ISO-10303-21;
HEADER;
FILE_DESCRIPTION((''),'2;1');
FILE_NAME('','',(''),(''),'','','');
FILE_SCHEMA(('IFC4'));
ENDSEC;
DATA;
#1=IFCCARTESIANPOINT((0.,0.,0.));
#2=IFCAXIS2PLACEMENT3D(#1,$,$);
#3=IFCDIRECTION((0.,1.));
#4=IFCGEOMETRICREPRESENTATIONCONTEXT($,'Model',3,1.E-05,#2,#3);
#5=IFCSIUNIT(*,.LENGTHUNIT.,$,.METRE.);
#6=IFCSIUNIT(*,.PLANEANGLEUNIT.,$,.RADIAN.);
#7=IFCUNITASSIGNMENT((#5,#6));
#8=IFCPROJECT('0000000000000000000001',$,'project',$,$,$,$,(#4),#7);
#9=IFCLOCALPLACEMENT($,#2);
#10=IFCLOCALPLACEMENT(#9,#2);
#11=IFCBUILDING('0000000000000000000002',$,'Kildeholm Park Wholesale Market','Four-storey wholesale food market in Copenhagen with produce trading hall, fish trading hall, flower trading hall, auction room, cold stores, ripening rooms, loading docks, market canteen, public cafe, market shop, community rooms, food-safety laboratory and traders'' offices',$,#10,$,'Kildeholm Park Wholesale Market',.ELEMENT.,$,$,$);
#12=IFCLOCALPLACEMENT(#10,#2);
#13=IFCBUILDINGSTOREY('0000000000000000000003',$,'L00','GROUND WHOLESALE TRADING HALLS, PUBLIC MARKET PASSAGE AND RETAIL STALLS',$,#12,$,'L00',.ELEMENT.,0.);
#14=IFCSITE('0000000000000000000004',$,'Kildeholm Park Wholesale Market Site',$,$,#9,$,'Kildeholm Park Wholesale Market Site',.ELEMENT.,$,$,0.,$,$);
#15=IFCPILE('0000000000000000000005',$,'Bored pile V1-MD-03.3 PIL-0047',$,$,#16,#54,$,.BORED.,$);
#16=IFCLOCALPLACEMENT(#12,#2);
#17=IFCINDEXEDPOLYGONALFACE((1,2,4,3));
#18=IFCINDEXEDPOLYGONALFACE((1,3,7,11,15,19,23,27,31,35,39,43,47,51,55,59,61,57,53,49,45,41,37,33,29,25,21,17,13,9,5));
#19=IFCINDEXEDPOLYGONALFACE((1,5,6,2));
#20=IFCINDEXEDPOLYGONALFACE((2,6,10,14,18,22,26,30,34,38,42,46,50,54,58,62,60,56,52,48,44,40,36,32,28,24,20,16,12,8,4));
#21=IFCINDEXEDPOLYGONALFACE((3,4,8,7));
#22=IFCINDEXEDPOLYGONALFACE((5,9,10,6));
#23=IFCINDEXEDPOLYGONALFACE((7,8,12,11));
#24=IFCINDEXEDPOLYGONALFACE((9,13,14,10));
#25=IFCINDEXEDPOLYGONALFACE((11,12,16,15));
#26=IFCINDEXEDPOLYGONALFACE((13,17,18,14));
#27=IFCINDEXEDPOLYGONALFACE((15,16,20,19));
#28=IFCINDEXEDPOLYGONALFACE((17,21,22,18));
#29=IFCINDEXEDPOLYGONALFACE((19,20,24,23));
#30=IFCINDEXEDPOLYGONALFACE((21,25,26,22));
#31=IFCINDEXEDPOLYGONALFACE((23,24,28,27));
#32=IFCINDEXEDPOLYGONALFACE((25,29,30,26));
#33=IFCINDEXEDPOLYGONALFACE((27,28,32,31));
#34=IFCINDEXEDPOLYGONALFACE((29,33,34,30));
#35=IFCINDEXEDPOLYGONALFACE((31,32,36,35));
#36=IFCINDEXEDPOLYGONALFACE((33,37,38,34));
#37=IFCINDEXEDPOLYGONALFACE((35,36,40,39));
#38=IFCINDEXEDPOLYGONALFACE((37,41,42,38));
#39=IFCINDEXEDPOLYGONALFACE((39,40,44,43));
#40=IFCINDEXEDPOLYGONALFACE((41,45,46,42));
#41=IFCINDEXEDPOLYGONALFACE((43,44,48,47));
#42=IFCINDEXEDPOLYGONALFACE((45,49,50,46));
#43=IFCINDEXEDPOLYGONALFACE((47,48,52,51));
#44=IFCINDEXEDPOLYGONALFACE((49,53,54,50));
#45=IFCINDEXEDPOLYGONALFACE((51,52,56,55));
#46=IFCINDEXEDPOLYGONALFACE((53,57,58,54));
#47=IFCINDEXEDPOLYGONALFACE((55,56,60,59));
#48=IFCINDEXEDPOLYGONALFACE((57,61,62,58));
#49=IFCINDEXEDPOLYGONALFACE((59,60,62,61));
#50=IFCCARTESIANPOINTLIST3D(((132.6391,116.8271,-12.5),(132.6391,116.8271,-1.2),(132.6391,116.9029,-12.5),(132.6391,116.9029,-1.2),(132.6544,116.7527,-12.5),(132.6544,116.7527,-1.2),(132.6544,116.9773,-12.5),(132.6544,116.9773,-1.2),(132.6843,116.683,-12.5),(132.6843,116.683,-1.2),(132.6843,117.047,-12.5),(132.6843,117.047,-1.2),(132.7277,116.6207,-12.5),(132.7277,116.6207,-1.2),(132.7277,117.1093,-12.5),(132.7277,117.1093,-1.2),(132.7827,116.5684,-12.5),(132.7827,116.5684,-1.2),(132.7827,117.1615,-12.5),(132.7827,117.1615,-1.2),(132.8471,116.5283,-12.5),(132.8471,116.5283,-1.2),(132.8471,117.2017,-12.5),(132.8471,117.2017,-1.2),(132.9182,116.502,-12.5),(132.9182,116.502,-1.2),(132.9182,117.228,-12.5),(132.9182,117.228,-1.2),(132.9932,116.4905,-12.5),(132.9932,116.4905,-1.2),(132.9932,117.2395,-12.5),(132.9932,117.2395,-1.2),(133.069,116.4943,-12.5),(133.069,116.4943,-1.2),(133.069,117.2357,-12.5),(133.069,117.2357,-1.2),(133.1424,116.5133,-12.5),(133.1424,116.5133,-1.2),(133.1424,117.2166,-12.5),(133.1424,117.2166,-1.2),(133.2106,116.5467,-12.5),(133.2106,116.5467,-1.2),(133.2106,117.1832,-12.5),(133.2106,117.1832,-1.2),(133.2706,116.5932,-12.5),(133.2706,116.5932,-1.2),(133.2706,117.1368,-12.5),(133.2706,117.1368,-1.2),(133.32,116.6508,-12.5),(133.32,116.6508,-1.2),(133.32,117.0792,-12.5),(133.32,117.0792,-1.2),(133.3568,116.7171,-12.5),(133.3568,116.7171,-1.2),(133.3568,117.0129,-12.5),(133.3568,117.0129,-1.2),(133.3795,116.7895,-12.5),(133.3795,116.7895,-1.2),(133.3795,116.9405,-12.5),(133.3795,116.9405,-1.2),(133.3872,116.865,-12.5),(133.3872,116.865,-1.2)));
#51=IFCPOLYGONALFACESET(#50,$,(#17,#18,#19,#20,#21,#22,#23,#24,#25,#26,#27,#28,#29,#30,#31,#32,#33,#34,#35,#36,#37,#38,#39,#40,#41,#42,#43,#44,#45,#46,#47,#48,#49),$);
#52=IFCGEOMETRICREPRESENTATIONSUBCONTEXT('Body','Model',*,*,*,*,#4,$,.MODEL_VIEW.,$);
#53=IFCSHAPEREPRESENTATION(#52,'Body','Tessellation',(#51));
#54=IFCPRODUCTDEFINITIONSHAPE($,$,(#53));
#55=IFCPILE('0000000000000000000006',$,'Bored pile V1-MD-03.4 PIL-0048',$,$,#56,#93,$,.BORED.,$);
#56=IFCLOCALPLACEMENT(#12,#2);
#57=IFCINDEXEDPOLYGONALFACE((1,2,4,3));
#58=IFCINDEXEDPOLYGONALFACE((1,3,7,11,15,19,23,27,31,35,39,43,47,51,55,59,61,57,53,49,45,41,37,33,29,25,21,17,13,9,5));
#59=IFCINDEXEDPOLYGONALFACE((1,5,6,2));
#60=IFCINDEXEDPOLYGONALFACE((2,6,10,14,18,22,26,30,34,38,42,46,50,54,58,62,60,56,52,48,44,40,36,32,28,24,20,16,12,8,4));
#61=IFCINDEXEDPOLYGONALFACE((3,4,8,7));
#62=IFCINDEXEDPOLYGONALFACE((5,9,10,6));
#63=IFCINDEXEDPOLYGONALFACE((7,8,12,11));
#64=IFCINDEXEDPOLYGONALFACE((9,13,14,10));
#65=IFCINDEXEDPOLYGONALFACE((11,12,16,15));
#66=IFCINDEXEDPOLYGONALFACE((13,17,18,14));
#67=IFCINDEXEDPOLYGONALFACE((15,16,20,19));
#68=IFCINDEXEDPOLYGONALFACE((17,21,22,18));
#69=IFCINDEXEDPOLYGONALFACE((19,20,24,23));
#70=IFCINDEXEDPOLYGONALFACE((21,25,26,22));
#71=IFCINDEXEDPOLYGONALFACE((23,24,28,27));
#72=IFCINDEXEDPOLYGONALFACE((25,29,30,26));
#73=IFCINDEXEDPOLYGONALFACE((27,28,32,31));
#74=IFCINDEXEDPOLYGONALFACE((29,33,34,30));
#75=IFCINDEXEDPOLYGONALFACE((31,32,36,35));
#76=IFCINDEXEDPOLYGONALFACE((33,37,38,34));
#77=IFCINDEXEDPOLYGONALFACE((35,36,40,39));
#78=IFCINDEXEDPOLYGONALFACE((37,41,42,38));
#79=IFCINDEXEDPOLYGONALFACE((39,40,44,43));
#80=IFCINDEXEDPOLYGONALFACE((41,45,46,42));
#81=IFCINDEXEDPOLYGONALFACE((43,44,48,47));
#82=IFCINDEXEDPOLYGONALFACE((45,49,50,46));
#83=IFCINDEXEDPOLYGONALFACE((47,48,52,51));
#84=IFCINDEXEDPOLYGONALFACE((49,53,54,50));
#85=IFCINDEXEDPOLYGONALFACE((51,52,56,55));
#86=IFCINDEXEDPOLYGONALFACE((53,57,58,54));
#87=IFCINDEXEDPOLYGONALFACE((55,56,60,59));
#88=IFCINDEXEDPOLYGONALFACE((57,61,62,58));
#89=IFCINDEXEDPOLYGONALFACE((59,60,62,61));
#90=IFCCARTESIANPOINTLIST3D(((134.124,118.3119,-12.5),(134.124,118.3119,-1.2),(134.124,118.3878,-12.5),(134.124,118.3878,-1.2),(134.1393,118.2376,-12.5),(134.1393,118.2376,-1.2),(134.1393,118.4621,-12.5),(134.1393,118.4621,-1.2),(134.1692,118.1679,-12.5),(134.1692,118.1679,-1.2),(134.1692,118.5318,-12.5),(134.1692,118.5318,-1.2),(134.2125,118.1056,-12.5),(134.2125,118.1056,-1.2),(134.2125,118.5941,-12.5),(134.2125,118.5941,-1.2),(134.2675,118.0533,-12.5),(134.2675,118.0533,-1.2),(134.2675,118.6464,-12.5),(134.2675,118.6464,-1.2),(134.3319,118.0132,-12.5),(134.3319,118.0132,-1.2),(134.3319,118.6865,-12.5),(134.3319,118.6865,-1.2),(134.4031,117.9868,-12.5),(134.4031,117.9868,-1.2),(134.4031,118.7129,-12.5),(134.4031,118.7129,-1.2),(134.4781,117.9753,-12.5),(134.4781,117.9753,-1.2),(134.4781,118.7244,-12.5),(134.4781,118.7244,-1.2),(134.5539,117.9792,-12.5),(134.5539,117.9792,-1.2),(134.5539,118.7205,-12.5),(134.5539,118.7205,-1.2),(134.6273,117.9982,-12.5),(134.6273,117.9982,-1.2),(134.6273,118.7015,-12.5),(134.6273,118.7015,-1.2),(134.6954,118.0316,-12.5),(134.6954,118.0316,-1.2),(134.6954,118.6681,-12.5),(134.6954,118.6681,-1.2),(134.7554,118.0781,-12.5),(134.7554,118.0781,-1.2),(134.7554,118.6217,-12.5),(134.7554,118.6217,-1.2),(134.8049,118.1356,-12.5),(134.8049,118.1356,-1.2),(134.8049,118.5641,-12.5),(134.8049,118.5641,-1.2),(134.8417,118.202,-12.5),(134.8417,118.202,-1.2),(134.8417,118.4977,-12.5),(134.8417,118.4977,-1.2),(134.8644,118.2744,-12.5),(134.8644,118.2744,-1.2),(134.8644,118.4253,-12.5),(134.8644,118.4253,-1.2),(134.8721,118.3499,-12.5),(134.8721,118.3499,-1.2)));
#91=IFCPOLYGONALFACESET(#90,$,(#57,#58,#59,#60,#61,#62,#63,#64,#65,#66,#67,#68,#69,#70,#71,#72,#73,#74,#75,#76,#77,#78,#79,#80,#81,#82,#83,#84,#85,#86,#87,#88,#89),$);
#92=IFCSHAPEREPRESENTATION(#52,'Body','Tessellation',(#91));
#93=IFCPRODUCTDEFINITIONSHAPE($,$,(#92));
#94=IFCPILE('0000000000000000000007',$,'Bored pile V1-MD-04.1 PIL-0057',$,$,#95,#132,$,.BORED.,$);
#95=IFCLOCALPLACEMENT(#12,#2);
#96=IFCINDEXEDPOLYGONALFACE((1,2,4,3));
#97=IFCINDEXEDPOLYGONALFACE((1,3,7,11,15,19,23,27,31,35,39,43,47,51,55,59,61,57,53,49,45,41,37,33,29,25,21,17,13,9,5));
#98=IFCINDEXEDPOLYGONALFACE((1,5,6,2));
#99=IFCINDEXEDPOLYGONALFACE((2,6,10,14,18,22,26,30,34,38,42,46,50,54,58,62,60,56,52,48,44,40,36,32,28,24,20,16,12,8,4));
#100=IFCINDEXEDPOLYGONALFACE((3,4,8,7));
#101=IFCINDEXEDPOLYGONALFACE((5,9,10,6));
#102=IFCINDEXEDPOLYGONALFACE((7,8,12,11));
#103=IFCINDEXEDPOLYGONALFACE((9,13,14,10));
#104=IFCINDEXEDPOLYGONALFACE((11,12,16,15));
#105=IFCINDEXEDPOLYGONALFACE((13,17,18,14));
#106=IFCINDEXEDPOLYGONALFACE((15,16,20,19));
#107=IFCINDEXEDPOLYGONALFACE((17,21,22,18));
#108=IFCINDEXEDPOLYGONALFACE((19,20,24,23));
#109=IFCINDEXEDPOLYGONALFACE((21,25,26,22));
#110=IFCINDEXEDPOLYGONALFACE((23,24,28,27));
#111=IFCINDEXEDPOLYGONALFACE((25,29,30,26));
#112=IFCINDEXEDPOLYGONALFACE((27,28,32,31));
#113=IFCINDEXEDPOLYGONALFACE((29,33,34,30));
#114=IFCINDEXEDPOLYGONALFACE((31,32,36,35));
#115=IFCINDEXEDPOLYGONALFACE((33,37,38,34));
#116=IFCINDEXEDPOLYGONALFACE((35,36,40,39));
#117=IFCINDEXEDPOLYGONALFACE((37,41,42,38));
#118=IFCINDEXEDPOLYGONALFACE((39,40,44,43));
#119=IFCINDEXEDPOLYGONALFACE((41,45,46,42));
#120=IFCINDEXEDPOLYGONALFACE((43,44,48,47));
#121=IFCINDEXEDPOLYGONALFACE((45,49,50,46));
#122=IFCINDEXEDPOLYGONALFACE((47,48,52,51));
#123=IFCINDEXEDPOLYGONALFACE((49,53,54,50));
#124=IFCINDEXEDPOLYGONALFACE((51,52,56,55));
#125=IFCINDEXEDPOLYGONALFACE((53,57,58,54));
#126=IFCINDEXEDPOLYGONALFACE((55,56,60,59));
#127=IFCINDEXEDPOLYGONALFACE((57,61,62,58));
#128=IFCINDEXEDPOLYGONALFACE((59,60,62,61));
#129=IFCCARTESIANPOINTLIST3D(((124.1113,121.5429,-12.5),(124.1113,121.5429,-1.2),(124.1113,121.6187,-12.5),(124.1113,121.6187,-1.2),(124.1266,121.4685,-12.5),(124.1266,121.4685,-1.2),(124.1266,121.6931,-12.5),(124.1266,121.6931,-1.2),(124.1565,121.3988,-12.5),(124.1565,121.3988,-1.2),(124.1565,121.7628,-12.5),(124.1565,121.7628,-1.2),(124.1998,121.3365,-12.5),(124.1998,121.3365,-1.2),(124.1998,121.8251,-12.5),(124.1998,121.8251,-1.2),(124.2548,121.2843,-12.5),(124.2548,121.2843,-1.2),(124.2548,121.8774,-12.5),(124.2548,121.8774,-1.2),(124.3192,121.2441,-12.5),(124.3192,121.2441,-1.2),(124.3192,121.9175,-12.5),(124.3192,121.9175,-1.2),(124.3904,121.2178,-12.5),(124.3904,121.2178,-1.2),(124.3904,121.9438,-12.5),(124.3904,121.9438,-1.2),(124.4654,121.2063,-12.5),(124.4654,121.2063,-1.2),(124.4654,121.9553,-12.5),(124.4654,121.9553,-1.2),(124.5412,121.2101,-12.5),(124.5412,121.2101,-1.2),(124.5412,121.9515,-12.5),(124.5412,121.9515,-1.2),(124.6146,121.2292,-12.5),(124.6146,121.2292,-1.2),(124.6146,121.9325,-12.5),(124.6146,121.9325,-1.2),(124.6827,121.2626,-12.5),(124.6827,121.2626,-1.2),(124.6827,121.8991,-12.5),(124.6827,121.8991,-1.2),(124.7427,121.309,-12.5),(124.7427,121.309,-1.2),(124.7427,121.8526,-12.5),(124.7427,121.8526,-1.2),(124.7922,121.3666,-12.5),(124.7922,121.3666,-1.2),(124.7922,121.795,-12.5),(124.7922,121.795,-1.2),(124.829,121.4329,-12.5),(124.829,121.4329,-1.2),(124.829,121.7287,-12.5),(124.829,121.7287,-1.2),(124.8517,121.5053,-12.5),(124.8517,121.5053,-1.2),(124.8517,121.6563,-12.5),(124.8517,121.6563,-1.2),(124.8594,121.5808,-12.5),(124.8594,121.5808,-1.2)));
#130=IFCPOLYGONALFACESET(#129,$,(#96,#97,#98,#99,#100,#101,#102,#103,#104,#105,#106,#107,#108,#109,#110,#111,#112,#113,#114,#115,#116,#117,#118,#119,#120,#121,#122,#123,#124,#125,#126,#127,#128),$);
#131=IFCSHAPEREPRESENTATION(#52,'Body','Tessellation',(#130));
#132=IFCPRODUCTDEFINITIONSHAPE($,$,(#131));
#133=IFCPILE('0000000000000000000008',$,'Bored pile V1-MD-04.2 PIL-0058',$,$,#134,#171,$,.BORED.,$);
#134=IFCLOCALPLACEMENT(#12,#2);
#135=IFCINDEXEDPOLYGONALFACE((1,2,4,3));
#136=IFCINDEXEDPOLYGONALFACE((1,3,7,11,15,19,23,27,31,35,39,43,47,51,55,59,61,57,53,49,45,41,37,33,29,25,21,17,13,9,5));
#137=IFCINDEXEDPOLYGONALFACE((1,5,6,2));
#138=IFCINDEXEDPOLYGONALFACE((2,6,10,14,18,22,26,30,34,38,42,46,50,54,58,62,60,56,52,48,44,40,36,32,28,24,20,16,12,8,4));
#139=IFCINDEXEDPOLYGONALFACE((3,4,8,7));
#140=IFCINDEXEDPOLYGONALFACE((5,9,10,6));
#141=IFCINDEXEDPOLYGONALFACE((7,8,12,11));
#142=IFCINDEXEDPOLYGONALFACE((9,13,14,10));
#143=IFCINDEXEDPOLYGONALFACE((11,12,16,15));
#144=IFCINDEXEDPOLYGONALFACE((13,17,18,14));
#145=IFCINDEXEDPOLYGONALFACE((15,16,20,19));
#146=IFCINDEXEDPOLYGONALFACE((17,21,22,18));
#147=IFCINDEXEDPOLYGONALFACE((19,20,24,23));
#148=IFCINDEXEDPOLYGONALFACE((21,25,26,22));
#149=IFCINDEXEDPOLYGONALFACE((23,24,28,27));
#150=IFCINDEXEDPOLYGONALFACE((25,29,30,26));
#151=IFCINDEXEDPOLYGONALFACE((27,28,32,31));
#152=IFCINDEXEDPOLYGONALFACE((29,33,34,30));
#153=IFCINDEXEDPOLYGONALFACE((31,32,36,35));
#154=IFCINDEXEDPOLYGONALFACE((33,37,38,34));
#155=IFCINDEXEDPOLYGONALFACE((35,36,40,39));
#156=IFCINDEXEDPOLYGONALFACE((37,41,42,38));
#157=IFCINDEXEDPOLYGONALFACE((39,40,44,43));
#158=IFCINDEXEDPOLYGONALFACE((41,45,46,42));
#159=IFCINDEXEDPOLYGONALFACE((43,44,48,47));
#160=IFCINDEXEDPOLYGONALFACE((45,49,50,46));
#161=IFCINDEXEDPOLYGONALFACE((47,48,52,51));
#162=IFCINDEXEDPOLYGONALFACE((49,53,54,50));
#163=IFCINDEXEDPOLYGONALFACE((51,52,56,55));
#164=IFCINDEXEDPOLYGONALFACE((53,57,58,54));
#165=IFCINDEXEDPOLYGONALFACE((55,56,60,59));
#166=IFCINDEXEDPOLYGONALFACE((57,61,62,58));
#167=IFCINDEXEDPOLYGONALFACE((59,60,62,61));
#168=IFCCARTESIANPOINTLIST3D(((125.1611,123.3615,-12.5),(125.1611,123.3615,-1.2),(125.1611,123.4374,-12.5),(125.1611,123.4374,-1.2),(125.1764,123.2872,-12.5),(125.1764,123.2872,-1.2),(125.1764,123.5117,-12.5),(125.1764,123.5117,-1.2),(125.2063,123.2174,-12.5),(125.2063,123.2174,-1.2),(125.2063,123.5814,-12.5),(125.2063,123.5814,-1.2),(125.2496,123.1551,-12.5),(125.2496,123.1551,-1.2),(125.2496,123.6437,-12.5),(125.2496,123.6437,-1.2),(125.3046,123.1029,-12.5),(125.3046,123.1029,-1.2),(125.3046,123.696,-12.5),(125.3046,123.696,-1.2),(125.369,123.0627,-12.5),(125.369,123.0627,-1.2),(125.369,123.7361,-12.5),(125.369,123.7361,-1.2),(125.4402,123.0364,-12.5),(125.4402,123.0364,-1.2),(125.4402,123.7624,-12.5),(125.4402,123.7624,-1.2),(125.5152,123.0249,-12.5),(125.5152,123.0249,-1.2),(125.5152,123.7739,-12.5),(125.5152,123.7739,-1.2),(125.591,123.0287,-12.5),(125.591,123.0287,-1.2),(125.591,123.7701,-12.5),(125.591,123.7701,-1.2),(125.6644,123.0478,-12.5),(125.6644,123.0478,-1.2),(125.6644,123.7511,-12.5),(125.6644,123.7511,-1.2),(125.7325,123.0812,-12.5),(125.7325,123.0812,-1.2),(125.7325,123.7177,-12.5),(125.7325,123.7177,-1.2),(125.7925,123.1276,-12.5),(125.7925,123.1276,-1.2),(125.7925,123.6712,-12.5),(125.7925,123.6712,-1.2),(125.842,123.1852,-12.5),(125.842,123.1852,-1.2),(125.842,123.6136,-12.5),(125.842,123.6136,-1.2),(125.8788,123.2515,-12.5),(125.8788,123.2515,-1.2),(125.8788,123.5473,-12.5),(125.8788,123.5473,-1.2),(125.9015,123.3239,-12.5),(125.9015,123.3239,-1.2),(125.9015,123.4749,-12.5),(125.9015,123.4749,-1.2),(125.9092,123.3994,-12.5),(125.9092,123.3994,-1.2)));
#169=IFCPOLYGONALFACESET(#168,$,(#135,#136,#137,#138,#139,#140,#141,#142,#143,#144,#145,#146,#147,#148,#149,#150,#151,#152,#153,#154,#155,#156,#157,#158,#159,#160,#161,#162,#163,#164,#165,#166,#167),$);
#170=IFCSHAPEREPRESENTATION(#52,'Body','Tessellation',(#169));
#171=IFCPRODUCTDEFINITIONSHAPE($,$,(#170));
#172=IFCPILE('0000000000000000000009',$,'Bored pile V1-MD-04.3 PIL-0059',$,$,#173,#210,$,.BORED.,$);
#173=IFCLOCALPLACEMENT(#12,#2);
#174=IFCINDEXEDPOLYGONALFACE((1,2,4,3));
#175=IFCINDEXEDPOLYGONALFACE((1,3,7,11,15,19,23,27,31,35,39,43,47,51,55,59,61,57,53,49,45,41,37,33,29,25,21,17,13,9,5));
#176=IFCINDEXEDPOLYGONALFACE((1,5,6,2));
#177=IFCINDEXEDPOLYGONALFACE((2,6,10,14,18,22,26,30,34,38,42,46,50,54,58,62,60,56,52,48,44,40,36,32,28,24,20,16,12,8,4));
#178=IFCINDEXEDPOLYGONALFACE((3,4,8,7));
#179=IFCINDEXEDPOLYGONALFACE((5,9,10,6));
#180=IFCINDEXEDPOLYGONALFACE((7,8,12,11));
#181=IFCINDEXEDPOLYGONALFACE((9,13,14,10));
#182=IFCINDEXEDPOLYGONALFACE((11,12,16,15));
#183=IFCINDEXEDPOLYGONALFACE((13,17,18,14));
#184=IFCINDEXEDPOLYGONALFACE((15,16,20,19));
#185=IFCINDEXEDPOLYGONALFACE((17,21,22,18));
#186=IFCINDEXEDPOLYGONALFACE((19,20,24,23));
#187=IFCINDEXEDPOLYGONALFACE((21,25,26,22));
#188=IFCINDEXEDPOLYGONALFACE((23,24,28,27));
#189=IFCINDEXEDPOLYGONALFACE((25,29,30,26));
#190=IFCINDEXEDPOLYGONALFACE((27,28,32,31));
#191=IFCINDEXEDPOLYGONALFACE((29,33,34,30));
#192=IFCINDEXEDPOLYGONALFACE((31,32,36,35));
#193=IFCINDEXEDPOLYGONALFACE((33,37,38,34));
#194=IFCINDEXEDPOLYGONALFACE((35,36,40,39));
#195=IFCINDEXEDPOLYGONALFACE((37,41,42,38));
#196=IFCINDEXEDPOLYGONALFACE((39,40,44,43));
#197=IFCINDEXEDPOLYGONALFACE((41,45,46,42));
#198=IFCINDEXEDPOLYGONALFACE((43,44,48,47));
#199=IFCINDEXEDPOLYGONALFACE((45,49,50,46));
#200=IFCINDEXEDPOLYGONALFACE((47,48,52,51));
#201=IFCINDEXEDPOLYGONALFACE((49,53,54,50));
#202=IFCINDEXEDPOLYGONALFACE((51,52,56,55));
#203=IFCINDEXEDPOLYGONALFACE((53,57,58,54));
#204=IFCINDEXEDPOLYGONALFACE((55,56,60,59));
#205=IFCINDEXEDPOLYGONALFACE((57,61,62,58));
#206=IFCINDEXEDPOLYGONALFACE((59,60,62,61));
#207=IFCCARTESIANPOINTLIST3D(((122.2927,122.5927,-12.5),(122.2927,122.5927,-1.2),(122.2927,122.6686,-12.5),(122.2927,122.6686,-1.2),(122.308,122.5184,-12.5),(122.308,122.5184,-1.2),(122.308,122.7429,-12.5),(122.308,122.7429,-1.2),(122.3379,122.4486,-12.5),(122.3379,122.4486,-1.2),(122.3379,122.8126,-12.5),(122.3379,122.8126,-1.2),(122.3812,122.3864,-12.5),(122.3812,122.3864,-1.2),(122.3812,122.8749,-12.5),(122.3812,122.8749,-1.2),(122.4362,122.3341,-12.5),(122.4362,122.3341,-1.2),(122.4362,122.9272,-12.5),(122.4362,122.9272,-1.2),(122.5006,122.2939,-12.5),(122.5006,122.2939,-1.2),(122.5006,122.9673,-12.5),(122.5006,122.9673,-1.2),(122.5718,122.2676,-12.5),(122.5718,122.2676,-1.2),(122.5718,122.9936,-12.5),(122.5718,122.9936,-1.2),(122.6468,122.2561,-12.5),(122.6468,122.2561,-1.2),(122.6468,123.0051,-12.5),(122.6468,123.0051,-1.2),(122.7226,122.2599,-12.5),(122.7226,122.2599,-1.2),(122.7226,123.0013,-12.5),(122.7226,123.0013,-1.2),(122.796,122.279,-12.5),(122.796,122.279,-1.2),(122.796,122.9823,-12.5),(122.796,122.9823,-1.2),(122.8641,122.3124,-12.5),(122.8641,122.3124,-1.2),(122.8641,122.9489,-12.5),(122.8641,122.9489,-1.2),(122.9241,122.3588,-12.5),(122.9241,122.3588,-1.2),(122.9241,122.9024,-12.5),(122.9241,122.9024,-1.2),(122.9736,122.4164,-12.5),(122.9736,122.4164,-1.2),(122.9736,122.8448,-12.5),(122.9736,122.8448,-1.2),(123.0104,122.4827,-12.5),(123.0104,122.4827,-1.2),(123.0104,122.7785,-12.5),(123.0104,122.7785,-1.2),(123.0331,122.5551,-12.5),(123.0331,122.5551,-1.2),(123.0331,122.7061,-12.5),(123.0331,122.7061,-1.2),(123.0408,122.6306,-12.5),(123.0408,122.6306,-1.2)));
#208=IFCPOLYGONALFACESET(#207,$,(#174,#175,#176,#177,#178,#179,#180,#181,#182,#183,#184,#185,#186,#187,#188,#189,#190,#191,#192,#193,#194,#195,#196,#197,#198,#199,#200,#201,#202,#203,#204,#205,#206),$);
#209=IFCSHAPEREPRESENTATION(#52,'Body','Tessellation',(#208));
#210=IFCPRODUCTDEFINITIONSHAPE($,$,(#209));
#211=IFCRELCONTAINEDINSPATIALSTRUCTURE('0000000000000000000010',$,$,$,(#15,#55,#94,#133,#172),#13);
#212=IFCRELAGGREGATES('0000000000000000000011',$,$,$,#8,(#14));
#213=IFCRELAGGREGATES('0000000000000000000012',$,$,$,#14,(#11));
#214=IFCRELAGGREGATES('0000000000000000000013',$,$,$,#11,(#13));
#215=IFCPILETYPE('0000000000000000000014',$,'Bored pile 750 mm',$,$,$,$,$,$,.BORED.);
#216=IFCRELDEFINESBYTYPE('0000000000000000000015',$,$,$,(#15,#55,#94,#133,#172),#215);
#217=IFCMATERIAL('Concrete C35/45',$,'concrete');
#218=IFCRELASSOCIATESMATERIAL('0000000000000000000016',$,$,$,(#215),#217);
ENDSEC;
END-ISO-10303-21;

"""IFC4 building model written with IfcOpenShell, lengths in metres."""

from ifc_helpers import new_model, si_unit, direction, frame, origin, origin_2d, place, context, subcontext, project, spatial, circle, extrude, material, material_profile, profile_set, type_object, element, save


model = new_model("IFC4")

# Units and contexts
model_context = context("Model", 3, precision=1e-05, world=origin(), true_north=direction((0.0, 1.0)))
body_context = subcontext(model_context, "Body", "Model", "MODEL_VIEW")
ifc_project = project(units=[si_unit("LENGTHUNIT", "METRE"), si_unit("PLANEANGLEUNIT", "RADIAN")], contexts=[model_context])

# Site, building, storey
site_placement = place(None, origin())
site = spatial("IfcSite", under=ifc_project, at=site_placement, Name="Kildeholm Park Wholesale Market Site", LongName="Kildeholm Park Wholesale Market Site", CompositionType="ELEMENT", RefElevation=0.0)
building_placement = place(site_placement, origin())
building = spatial("IfcBuilding", under=site, at=building_placement, Name="Kildeholm Park Wholesale Market", Description="Four-storey wholesale food market in Copenhagen with produce trading hall, fish trading hall, flower trading hall, auction room, cold stores, ripening rooms, loading docks, market canteen, public cafe, market shop, community rooms, food-safety laboratory and traders' offices", LongName="Kildeholm Park Wholesale Market", CompositionType="ELEMENT")
storey_placement = place(building_placement, origin())
storey = spatial("IfcBuildingStorey", under=building, at=storey_placement, Name="L00", Description="GROUND WHOLESALE TRADING HALLS, PUBLIC MARKET PASSAGE AND RETAIL STALLS", LongName="L00", CompositionType="ELEMENT", Elevation=0.0)

# Piles
ifc_material_1 = material(Name="Concrete C35/45", Category="concrete")
ifc_material_profile_1 = material_profile(ifc_material_1, circle(Radius=0.375, at=origin_2d()), Name="PILE D750")
ifc_profile_set_1 = profile_set([ifc_material_profile_1], Name="Concrete C35/45")
pile_type_1 = type_object("IfcPileType", Name="Bored pile 750 mm", PredefinedType="BORED", material=ifc_profile_set_1)
for number, where, z_axis, x_axis, name in (
    (1, (133.0122, 116.865, -1.2), (0.0, 0.0, -1.0), (1.0, 0.0, 0.0), "Bored pile V1-MD-03.3 PIL-0047"),
    (2, (134.4971, 118.3499, -1.2), (0.0, 0.0, -1.0), (1.0, 0.0, 0.0), "Bored pile V1-MD-03.4 PIL-0048"),
    (3, (124.4844, 121.5808, -1.2), (0.0, 0.0, -1.0), (1.0, 0.0, 0.0), "Bored pile V1-MD-04.1 PIL-0057"),
    (4, (125.5342, 123.3994, -1.2), (0.0, 0.0, -1.0), (1.0, 0.0, 0.0), "Bored pile V1-MD-04.2 PIL-0058"),
    (5, (122.6658, 122.6306, -1.2), (0.0, 0.0, -1.0), (1.0, 0.0, 0.0), "Bored pile V1-MD-04.3 PIL-0059"),
):
    element("IfcPile", number, at=place(storey_placement, frame(where, z_axis=z_axis, x_axis=x_axis)), inside=storey, type_object=pile_type_1, Name=name, PredefinedType="BORED", context=body_context, shape_type="SweptSolid", body=[
        extrude(circle(Radius=0.375, at=origin_2d()), origin(), (0.0, 0.0, 1.0), 11.3),
    ])

save(model, "model.ifc")
